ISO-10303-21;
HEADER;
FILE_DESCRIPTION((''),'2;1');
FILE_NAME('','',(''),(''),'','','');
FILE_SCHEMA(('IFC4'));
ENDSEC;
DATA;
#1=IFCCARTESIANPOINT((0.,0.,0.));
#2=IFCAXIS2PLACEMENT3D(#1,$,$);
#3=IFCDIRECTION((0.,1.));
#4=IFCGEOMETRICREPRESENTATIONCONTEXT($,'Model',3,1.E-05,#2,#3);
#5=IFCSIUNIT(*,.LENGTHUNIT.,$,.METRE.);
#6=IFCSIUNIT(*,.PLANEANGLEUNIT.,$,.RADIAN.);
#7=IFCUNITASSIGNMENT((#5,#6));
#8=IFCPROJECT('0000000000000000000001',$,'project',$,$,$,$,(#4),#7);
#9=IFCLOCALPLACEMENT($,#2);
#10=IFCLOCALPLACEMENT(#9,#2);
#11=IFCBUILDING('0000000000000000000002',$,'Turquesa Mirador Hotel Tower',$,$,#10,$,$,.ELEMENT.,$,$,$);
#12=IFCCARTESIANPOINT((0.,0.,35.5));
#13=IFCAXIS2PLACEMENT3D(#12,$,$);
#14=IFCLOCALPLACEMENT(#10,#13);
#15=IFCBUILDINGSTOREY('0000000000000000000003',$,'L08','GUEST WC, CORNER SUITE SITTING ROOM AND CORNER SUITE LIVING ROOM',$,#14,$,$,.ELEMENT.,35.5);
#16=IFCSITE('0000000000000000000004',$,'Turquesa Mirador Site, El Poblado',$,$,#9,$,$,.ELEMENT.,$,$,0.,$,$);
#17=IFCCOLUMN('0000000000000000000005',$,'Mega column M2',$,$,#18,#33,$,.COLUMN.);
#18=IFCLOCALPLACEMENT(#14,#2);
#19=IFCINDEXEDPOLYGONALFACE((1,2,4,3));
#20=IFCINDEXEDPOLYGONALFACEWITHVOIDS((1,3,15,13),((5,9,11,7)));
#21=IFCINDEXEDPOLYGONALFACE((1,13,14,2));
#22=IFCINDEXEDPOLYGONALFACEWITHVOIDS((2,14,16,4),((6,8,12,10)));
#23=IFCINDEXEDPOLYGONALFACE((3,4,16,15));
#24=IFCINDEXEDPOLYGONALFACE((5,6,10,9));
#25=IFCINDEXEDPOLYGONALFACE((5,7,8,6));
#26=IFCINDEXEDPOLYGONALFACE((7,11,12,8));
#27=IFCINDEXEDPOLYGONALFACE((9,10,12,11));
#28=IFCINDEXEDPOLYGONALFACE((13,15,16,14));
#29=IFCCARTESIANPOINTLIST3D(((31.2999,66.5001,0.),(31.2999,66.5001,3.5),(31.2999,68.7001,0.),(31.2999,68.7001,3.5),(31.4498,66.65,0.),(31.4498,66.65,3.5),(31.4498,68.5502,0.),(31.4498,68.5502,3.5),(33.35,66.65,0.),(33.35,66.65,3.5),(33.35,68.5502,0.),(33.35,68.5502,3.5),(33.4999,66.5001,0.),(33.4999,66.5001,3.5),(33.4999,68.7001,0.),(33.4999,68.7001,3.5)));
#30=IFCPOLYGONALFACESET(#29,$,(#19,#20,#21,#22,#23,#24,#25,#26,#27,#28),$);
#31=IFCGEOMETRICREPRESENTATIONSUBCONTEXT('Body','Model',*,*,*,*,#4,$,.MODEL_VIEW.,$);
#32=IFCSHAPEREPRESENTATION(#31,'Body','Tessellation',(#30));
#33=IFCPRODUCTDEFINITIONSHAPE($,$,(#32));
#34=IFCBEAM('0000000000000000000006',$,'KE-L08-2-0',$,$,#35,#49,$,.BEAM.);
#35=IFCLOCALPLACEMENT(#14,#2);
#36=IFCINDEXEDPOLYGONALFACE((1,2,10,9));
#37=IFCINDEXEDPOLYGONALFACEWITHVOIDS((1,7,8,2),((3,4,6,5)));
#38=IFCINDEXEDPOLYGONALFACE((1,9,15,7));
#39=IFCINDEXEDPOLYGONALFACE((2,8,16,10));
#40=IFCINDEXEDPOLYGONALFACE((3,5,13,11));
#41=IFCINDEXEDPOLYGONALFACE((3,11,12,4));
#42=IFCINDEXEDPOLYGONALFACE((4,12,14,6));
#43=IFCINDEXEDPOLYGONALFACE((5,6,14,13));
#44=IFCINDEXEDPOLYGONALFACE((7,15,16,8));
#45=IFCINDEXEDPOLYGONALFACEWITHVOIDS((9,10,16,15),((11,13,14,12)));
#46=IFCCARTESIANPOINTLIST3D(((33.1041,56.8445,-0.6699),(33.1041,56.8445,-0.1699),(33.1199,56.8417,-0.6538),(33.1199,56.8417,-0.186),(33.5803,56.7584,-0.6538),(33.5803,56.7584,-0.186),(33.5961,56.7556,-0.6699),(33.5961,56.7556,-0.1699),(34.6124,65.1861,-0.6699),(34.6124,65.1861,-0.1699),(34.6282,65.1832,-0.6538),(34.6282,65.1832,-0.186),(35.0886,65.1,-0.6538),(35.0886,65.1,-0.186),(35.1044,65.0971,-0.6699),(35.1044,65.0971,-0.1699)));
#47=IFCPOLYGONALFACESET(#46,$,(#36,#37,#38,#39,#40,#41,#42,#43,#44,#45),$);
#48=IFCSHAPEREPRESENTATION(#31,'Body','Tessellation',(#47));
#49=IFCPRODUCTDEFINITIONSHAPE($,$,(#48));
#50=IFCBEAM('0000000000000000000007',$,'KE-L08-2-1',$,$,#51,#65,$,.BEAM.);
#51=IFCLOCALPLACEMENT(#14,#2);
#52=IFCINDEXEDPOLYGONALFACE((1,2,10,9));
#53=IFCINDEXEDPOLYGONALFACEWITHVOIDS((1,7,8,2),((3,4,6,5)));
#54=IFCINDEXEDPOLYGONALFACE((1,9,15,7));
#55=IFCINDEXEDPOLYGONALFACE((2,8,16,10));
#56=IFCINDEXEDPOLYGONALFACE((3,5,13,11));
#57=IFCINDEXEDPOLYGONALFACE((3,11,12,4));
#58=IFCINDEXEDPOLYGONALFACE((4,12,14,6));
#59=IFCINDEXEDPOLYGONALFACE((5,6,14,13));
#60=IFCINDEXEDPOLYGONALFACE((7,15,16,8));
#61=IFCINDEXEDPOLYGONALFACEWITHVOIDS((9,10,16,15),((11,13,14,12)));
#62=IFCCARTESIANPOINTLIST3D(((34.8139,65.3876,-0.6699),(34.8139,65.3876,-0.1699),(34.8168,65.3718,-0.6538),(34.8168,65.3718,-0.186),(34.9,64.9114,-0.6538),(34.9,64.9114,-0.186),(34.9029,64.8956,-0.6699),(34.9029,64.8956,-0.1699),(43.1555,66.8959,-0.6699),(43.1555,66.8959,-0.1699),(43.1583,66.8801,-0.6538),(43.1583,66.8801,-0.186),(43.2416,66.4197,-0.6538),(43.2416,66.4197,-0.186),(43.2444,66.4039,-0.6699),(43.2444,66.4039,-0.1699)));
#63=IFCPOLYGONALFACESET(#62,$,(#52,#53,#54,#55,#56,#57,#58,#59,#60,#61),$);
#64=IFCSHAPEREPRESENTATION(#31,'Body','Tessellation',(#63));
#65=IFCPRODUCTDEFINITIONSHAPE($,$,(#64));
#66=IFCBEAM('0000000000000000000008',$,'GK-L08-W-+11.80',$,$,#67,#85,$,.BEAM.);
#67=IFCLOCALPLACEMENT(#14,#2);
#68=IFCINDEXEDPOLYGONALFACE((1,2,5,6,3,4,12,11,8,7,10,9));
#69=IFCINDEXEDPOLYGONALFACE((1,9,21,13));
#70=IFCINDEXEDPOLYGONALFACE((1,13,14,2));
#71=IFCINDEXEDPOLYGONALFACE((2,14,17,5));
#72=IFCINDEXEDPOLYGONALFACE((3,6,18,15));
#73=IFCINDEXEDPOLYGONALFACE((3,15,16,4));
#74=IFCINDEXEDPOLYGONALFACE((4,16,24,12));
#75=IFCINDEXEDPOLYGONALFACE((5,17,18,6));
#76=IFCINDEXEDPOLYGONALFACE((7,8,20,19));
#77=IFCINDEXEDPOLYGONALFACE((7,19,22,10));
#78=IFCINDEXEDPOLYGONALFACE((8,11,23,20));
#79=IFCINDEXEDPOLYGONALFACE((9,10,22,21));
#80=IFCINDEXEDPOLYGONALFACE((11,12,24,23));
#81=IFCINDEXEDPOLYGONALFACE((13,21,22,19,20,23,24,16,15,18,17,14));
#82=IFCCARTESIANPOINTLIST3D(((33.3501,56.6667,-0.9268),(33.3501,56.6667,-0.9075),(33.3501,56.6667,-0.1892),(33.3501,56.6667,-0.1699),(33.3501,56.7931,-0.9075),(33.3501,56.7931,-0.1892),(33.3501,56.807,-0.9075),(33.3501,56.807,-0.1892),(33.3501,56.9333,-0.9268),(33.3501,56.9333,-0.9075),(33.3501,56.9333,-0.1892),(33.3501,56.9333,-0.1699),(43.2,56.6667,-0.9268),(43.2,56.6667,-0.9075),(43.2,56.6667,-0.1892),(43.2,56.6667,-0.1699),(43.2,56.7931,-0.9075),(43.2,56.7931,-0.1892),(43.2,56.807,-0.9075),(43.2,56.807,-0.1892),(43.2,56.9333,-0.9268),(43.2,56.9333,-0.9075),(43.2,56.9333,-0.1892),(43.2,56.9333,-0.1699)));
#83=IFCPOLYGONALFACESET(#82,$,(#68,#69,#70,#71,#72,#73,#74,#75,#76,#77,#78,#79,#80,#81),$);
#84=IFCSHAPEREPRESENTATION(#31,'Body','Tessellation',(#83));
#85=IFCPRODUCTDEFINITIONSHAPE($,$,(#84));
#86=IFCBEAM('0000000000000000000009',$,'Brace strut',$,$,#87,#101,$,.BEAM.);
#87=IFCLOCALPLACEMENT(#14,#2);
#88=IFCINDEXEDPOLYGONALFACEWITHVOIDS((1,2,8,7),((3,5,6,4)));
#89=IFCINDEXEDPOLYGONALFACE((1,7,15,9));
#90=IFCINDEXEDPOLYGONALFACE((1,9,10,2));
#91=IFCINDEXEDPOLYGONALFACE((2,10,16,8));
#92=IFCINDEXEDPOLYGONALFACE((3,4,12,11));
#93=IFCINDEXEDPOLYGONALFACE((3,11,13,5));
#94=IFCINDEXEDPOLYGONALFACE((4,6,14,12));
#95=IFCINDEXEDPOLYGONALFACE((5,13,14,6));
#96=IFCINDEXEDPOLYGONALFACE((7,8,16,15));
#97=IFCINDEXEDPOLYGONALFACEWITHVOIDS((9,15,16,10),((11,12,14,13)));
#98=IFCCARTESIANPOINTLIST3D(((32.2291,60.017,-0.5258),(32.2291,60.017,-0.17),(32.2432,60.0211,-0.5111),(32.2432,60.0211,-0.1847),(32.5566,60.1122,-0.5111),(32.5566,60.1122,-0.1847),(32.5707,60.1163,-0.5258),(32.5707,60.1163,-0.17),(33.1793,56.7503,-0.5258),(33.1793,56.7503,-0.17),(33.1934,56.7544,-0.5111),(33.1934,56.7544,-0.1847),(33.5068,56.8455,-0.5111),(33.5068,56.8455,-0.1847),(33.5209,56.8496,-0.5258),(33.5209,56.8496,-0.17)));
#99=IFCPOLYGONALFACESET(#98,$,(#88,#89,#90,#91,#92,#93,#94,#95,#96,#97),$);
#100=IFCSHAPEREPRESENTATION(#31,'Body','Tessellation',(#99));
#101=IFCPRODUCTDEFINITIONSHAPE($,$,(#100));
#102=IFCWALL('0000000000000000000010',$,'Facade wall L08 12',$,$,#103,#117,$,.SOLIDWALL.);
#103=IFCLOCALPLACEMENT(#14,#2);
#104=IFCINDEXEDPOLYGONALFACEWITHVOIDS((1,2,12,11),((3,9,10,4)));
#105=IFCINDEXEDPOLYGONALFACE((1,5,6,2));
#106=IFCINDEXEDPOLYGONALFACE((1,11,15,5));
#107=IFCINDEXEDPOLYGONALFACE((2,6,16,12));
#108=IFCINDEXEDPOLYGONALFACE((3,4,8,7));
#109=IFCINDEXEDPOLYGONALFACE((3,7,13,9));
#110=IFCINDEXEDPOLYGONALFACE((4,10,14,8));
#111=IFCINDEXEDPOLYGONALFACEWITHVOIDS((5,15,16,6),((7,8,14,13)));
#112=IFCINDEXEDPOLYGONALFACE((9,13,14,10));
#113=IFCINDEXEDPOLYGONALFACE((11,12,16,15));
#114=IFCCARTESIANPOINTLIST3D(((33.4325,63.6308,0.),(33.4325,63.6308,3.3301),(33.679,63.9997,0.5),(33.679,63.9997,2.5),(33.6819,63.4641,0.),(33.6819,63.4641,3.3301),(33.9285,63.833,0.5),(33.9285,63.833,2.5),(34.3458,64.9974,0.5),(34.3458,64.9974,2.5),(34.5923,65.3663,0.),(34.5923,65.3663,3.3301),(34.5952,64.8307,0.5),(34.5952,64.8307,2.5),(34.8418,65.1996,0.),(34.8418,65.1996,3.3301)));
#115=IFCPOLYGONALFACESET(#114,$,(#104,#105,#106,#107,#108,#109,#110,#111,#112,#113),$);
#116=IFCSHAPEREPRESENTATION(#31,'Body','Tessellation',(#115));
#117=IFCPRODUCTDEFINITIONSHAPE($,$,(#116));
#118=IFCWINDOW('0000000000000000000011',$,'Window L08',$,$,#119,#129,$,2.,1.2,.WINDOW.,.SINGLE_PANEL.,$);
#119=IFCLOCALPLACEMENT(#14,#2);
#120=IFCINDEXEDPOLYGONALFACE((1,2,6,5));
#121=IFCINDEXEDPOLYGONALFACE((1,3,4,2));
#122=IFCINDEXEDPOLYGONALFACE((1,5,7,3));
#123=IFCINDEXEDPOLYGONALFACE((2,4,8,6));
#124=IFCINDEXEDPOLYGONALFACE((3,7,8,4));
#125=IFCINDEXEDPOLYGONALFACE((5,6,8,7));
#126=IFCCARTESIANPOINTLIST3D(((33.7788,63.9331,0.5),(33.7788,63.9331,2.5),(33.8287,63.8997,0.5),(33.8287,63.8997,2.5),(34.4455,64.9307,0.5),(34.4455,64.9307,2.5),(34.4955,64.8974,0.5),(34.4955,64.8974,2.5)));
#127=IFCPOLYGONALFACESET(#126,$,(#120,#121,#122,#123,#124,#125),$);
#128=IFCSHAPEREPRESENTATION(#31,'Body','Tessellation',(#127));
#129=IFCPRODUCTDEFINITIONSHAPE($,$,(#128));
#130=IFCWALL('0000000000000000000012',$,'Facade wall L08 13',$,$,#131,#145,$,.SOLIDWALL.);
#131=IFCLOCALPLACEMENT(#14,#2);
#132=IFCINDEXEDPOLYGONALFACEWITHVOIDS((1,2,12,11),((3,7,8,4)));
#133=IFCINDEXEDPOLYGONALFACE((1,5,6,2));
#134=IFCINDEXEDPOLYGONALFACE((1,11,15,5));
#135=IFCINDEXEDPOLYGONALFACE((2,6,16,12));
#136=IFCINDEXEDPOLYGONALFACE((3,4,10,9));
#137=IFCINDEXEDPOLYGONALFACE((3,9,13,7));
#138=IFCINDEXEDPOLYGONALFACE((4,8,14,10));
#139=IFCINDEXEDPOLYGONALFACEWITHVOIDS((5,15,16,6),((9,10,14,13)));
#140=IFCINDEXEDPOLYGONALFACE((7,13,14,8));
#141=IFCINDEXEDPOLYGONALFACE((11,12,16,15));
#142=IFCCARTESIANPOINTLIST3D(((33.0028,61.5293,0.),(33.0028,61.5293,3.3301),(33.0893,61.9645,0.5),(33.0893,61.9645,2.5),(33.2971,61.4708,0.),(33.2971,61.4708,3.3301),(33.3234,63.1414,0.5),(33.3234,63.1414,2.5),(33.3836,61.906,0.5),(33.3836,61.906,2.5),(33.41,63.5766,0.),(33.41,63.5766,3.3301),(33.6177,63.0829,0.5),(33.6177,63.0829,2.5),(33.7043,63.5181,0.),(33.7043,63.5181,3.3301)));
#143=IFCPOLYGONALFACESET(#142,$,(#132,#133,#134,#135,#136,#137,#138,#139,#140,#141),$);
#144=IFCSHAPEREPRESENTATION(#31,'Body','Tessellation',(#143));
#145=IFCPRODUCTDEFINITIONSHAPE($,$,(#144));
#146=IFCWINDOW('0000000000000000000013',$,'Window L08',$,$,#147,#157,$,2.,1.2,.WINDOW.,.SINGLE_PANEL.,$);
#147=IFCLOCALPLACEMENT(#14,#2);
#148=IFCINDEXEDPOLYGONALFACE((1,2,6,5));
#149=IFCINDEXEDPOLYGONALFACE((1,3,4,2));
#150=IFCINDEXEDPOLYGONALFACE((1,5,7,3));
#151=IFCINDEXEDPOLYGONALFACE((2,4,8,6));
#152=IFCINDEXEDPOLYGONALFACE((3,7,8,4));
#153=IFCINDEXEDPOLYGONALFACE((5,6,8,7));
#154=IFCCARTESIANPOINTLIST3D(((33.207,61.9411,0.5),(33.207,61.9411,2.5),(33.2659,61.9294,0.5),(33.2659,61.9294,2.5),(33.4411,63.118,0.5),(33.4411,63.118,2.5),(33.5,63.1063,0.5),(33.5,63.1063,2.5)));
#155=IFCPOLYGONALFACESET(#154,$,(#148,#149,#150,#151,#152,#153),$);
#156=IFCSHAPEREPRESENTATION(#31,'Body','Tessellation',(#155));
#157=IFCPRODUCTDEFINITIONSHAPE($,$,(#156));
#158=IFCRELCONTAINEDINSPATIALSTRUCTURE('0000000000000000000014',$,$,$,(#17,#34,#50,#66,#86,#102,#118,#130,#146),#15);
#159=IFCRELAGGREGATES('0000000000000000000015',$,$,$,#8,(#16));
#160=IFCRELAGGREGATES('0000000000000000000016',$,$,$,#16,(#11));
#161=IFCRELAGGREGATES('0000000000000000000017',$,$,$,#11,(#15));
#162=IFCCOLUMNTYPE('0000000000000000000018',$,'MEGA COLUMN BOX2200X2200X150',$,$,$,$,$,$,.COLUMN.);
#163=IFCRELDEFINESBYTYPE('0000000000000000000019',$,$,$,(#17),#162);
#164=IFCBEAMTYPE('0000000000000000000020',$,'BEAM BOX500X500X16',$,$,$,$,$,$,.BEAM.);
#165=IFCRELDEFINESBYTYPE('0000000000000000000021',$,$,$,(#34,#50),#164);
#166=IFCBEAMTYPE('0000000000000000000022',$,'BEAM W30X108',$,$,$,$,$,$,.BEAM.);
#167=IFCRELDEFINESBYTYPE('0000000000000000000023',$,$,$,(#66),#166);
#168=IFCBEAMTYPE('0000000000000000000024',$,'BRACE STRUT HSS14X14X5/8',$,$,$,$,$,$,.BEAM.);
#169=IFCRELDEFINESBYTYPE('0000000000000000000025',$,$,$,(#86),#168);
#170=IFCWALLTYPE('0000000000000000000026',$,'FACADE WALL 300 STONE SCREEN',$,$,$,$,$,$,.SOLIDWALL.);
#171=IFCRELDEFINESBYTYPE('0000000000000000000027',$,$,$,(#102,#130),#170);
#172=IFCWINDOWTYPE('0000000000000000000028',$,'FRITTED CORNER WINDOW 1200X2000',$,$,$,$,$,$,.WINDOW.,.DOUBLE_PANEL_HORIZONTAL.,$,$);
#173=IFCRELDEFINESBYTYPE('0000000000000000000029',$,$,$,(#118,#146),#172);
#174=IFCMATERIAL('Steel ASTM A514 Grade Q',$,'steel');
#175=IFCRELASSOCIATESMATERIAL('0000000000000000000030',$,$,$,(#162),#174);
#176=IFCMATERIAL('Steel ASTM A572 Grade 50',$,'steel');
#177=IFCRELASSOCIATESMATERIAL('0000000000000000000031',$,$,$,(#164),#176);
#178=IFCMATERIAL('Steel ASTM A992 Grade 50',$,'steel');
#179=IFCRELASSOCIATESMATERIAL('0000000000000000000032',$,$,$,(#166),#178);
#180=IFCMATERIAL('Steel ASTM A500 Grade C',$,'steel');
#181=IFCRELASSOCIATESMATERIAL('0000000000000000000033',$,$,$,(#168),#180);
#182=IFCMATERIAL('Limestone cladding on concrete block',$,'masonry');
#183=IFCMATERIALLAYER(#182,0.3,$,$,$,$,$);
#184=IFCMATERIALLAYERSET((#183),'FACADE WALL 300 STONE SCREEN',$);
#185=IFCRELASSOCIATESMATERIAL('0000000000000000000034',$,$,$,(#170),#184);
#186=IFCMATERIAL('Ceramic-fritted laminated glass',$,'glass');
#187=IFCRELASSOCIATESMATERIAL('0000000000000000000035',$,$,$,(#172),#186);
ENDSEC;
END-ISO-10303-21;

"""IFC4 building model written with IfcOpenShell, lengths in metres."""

from ifc_helpers import new_model, si_unit, direction, frame, frame_2d, origin, origin_2d, place, context, subcontext, project, spatial, rectangle, hollow_rectangle, i_section, extrude, material, layer, layer_set, material_profile, profile_set, type_object, element, fill, save


model = new_model("IFC4")

# Units and contexts
model_context = context("Model", 3, precision=1e-05, world=origin(), true_north=direction((0.0, 1.0)))
body_context = subcontext(model_context, "Body", "Model", "MODEL_VIEW")
ifc_project = project(units=[si_unit("LENGTHUNIT", "METRE"), si_unit("PLANEANGLEUNIT", "RADIAN")], contexts=[model_context])

# Site, building, storey
site_placement = place(None, origin())
site = spatial("IfcSite", under=ifc_project, at=site_placement, Name="Turquesa Mirador Site, El Poblado", CompositionType="ELEMENT", RefElevation=0.0)
building_placement = place(site_placement, origin())
building = spatial("IfcBuilding", under=site, at=building_placement, Name="Turquesa Mirador Hotel Tower", CompositionType="ELEMENT")
storey_placement = place(building_placement, frame((0.0, 0.0, 35.5)))
storey = spatial("IfcBuildingStorey", under=building, at=storey_placement, Name="L08", Description="GUEST WC, CORNER SUITE SITTING ROOM AND CORNER SUITE LIVING ROOM", CompositionType="ELEMENT", Elevation=35.5)

# Column
ifc_material_1 = material(Name="Steel ASTM A514 Grade Q", Category="steel")
ifc_material_profile_1 = material_profile(ifc_material_1, hollow_rectangle(XDim=2.2, YDim=2.2, WallThickness=0.1499, at=origin_2d()), Name="BOX2200X2200X150")
ifc_profile_set_1 = profile_set([ifc_material_profile_1], Name="Steel ASTM A514 Grade Q")
column_type = type_object("IfcColumnType", Name="MEGA COLUMN BOX2200X2200X150", PredefinedType="COLUMN", material=ifc_profile_set_1)
column_placement = place(storey_placement, frame((32.3999, 67.6001, 0.0), z_axis=(0.0, 0.0, 1.0), x_axis=(1.0, 0.0, 0.0)))
element("IfcColumn", 1, at=column_placement, inside=storey, type_object=column_type, Name="Mega column M2", PredefinedType="COLUMN", context=body_context, shape_type="SweptSolid", body=[
    extrude(hollow_rectangle(XDim=2.2, YDim=2.2, WallThickness=0.1499, at=origin_2d()), origin(), (0.0, 0.0, 1.0), 3.5),
])

# Beams
ifc_material_2 = material(Name="Steel ASTM A572 Grade 50", Category="steel")
ifc_material_profile_2 = material_profile(ifc_material_2, hollow_rectangle(XDim=0.5, YDim=0.5, WallThickness=0.0161, at=origin_2d()), Name="BOX500X500X16")
ifc_profile_set_2 = profile_set([ifc_material_profile_2], Name="Steel ASTM A572 Grade 50")
beam_type_1 = type_object("IfcBeamType", Name="BEAM BOX500X500X16", PredefinedType="BEAM", material=ifc_profile_set_2)
for number, where, z_axis, x_axis, name in (
    (2, (33.3501, 56.8, -0.4199), (0.177932, 0.984043, 0.0), (-0.984043, 0.177932, 0.0), "KE-L08-2-0"),
    (3, (34.8584, 65.1416, -0.4199), (0.984043, 0.177932, 0.0), (-0.177932, 0.984043, 0.0), "KE-L08-2-1"),
):
    element("IfcBeam", number, at=place(storey_placement, frame(where, z_axis=z_axis, x_axis=x_axis)), inside=storey, type_object=beam_type_1, Name=name, PredefinedType="BEAM", context=body_context, shape_type="SweptSolid", body=[
        extrude(hollow_rectangle(XDim=0.5, YDim=0.5, WallThickness=0.0161, at=origin_2d()), origin(), (0.0, 0.0, 1.0), 8.4768),
    ])
ifc_material_3 = material(Name="Steel ASTM A992 Grade 50", Category="steel")
ifc_material_profile_3 = material_profile(ifc_material_3, i_section(OverallWidth=0.2666, OverallDepth=0.7568, WebThickness=0.0139, FlangeThickness=0.0193, at=origin_2d()), Name="W30X108")
ifc_profile_set_3 = profile_set([ifc_material_profile_3], Name="Steel ASTM A992 Grade 50")
beam_type_2 = type_object("IfcBeamType", Name="BEAM W30X108", PredefinedType="BEAM", material=ifc_profile_set_3)
beam_1_placement = place(storey_placement, frame((33.3501, 56.8, -0.5483), z_axis=(1.0, 0.0, 0.0), x_axis=(0.0, 1.0, 0.0)))
element("IfcBeam", 4, at=beam_1_placement, inside=storey, type_object=beam_type_2, Name="GK-L08-W-+11.80", PredefinedType="BEAM", context=body_context, shape_type="SweptSolid", body=[
    extrude(i_section(OverallWidth=0.2666, OverallDepth=0.7568, WebThickness=0.0139, FlangeThickness=0.0193, at=origin_2d()), origin(), (0.0, 0.0, 1.0), 9.8499),
])
ifc_material_4 = material(Name="Steel ASTM A500 Grade C", Category="steel")
ifc_material_profile_4 = material_profile(ifc_material_4, hollow_rectangle(XDim=0.3557, YDim=0.3557, WallThickness=0.0146, at=origin_2d()), Name="HSS14X14X5/8")
ifc_profile_set_4 = profile_set([ifc_material_profile_4], Name="Steel ASTM A500 Grade C")
beam_type_3 = type_object("IfcBeamType", Name="BRACE STRUT HSS14X14X5/8", PredefinedType="BEAM", material=ifc_profile_set_4)
beam_2_placement = place(storey_placement, frame((32.3999, 60.0667, -0.3479), z_axis=(0.279305, -0.960202, 0.0), x_axis=(0.960202, 0.279305, 0.0)))
element("IfcBeam", 5, at=beam_2_placement, inside=storey, type_object=beam_type_3, Name="Brace strut", PredefinedType="BEAM", context=body_context, shape_type="SweptSolid", body=[
    extrude(hollow_rectangle(XDim=0.3557, YDim=0.3557, WallThickness=0.0146, at=origin_2d()), origin(), (0.0, 0.0, 1.0), 3.4021),
])

# Walls, openings, windows
ifc_material_5 = material(Name="Limestone cladding on concrete block", Category="masonry")
ifc_layer = layer(ifc_material_5, 0.3)
ifc_layer_set = layer_set([ifc_layer], Name="FACADE WALL 300 STONE SCREEN")
wall_type = type_object("IfcWallType", Name="FACADE WALL 300 STONE SCREEN", PredefinedType="SOLIDWALL", material=ifc_layer_set)
wall_1_placement = place(storey_placement, frame((34.717, 65.283, 0.0), z_axis=(0.0, 0.0, 1.0), x_axis=(-0.555644, -0.83142, 0.0)))
wall_1 = element("IfcWall", 6, at=wall_1_placement, inside=storey, type_object=wall_type, Name="Facade wall L08 12", PredefinedType="SOLIDWALL", context=body_context, shape_type="SweptSolid", body=[
    extrude(rectangle(XDim=2.0874, YDim=0.3, at=frame_2d((1.0437, 0.0))), origin(), (0.0, 0.0, 1.0), 3.3301),
])
opening_1_placement = place(wall_1_placement, frame((0.4436, 0.0, 0.5)))
opening_1 = element("IfcOpeningElement", 7, at=opening_1_placement, cuts=wall_1, PredefinedType="OPENING", context=body_context, shape_type="SweptSolid", body=[
    extrude(rectangle(XDim=1.2, YDim=2.0, at=frame_2d((0.6001, 1.0))), frame((0.0, 0.1599, 0.0), z_axis=(0.0, -1.0, 0.0), x_axis=(1.0, 0.0, 0.0)), (0.0, 0.0, 1.0), 0.3201),
])
ifc_material_6 = material(Name="Ceramic-fritted laminated glass", Category="glass")
window_type_1 = type_object("IfcWindowType", Name="FRITTED CORNER WINDOW 1200X2000", PartitioningType="DOUBLE_PANEL_HORIZONTAL", PredefinedType="WINDOW", material=ifc_material_6)
window_1_placement = place(opening_1_placement, origin())
window_1 = element("IfcWindow", 8, at=window_1_placement, inside=storey, type_object=window_type_1, Name="Window L08", OverallHeight=2.0, OverallWidth=1.2, PartitioningType="SINGLE_PANEL", PredefinedType="WINDOW", context=body_context, shape_type="SweptSolid", body=[
    extrude(rectangle(XDim=1.2, YDim=2.0, at=frame_2d((0.6001, 1.0))), frame((0.0, 0.03, 0.0), z_axis=(0.0, -1.0, 0.0), x_axis=(1.0, 0.0, 0.0)), (0.0, 0.0, 1.0), 0.0601),
])
fill(opening_1, window_1)
wall_2_placement = place(storey_placement, frame((33.5571, 63.5474, 0.0), z_axis=(0.0, 0.0, 1.0), x_axis=(-0.195081, -0.980787, 0.0)))
wall_2 = element("IfcWall", 9, at=wall_2_placement, inside=storey, type_object=wall_type, Name="Facade wall L08 13", PredefinedType="SOLIDWALL", context=body_context, shape_type="SweptSolid", body=[
    extrude(rectangle(XDim=2.0874, YDim=0.3, at=frame_2d((1.0437, 0.0))), origin(), (0.0, 0.0, 1.0), 3.3301),
])
opening_2_placement = place(wall_2_placement, frame((0.4436, 0.0, 0.5)))
opening_2 = element("IfcOpeningElement", 10, at=opening_2_placement, cuts=wall_2, PredefinedType="OPENING", context=body_context, shape_type="SweptSolid", body=[
    extrude(rectangle(XDim=1.2, YDim=2.0, at=frame_2d((0.6001, 1.0))), frame((0.0, 0.1599, 0.0), z_axis=(0.0, -1.0, 0.0), x_axis=(1.0, 0.0, 0.0)), (0.0, 0.0, 1.0), 0.3201),
])
window_2_placement = place(opening_2_placement, origin())
window_2 = element("IfcWindow", 11, at=window_2_placement, inside=storey, type_object=window_type_1, Name="Window L08", OverallHeight=2.0, OverallWidth=1.2, PartitioningType="SINGLE_PANEL", PredefinedType="WINDOW", context=body_context, shape_type="SweptSolid", body=[
    extrude(rectangle(XDim=1.2, YDim=2.0, at=frame_2d((0.6001, 1.0))), frame((0.0, 0.03, 0.0), z_axis=(0.0, -1.0, 0.0), x_axis=(1.0, 0.0, 0.0)), (0.0, 0.0, 1.0), 0.0601),
])
fill(opening_2, window_2)

save(model, "model.ifc")
